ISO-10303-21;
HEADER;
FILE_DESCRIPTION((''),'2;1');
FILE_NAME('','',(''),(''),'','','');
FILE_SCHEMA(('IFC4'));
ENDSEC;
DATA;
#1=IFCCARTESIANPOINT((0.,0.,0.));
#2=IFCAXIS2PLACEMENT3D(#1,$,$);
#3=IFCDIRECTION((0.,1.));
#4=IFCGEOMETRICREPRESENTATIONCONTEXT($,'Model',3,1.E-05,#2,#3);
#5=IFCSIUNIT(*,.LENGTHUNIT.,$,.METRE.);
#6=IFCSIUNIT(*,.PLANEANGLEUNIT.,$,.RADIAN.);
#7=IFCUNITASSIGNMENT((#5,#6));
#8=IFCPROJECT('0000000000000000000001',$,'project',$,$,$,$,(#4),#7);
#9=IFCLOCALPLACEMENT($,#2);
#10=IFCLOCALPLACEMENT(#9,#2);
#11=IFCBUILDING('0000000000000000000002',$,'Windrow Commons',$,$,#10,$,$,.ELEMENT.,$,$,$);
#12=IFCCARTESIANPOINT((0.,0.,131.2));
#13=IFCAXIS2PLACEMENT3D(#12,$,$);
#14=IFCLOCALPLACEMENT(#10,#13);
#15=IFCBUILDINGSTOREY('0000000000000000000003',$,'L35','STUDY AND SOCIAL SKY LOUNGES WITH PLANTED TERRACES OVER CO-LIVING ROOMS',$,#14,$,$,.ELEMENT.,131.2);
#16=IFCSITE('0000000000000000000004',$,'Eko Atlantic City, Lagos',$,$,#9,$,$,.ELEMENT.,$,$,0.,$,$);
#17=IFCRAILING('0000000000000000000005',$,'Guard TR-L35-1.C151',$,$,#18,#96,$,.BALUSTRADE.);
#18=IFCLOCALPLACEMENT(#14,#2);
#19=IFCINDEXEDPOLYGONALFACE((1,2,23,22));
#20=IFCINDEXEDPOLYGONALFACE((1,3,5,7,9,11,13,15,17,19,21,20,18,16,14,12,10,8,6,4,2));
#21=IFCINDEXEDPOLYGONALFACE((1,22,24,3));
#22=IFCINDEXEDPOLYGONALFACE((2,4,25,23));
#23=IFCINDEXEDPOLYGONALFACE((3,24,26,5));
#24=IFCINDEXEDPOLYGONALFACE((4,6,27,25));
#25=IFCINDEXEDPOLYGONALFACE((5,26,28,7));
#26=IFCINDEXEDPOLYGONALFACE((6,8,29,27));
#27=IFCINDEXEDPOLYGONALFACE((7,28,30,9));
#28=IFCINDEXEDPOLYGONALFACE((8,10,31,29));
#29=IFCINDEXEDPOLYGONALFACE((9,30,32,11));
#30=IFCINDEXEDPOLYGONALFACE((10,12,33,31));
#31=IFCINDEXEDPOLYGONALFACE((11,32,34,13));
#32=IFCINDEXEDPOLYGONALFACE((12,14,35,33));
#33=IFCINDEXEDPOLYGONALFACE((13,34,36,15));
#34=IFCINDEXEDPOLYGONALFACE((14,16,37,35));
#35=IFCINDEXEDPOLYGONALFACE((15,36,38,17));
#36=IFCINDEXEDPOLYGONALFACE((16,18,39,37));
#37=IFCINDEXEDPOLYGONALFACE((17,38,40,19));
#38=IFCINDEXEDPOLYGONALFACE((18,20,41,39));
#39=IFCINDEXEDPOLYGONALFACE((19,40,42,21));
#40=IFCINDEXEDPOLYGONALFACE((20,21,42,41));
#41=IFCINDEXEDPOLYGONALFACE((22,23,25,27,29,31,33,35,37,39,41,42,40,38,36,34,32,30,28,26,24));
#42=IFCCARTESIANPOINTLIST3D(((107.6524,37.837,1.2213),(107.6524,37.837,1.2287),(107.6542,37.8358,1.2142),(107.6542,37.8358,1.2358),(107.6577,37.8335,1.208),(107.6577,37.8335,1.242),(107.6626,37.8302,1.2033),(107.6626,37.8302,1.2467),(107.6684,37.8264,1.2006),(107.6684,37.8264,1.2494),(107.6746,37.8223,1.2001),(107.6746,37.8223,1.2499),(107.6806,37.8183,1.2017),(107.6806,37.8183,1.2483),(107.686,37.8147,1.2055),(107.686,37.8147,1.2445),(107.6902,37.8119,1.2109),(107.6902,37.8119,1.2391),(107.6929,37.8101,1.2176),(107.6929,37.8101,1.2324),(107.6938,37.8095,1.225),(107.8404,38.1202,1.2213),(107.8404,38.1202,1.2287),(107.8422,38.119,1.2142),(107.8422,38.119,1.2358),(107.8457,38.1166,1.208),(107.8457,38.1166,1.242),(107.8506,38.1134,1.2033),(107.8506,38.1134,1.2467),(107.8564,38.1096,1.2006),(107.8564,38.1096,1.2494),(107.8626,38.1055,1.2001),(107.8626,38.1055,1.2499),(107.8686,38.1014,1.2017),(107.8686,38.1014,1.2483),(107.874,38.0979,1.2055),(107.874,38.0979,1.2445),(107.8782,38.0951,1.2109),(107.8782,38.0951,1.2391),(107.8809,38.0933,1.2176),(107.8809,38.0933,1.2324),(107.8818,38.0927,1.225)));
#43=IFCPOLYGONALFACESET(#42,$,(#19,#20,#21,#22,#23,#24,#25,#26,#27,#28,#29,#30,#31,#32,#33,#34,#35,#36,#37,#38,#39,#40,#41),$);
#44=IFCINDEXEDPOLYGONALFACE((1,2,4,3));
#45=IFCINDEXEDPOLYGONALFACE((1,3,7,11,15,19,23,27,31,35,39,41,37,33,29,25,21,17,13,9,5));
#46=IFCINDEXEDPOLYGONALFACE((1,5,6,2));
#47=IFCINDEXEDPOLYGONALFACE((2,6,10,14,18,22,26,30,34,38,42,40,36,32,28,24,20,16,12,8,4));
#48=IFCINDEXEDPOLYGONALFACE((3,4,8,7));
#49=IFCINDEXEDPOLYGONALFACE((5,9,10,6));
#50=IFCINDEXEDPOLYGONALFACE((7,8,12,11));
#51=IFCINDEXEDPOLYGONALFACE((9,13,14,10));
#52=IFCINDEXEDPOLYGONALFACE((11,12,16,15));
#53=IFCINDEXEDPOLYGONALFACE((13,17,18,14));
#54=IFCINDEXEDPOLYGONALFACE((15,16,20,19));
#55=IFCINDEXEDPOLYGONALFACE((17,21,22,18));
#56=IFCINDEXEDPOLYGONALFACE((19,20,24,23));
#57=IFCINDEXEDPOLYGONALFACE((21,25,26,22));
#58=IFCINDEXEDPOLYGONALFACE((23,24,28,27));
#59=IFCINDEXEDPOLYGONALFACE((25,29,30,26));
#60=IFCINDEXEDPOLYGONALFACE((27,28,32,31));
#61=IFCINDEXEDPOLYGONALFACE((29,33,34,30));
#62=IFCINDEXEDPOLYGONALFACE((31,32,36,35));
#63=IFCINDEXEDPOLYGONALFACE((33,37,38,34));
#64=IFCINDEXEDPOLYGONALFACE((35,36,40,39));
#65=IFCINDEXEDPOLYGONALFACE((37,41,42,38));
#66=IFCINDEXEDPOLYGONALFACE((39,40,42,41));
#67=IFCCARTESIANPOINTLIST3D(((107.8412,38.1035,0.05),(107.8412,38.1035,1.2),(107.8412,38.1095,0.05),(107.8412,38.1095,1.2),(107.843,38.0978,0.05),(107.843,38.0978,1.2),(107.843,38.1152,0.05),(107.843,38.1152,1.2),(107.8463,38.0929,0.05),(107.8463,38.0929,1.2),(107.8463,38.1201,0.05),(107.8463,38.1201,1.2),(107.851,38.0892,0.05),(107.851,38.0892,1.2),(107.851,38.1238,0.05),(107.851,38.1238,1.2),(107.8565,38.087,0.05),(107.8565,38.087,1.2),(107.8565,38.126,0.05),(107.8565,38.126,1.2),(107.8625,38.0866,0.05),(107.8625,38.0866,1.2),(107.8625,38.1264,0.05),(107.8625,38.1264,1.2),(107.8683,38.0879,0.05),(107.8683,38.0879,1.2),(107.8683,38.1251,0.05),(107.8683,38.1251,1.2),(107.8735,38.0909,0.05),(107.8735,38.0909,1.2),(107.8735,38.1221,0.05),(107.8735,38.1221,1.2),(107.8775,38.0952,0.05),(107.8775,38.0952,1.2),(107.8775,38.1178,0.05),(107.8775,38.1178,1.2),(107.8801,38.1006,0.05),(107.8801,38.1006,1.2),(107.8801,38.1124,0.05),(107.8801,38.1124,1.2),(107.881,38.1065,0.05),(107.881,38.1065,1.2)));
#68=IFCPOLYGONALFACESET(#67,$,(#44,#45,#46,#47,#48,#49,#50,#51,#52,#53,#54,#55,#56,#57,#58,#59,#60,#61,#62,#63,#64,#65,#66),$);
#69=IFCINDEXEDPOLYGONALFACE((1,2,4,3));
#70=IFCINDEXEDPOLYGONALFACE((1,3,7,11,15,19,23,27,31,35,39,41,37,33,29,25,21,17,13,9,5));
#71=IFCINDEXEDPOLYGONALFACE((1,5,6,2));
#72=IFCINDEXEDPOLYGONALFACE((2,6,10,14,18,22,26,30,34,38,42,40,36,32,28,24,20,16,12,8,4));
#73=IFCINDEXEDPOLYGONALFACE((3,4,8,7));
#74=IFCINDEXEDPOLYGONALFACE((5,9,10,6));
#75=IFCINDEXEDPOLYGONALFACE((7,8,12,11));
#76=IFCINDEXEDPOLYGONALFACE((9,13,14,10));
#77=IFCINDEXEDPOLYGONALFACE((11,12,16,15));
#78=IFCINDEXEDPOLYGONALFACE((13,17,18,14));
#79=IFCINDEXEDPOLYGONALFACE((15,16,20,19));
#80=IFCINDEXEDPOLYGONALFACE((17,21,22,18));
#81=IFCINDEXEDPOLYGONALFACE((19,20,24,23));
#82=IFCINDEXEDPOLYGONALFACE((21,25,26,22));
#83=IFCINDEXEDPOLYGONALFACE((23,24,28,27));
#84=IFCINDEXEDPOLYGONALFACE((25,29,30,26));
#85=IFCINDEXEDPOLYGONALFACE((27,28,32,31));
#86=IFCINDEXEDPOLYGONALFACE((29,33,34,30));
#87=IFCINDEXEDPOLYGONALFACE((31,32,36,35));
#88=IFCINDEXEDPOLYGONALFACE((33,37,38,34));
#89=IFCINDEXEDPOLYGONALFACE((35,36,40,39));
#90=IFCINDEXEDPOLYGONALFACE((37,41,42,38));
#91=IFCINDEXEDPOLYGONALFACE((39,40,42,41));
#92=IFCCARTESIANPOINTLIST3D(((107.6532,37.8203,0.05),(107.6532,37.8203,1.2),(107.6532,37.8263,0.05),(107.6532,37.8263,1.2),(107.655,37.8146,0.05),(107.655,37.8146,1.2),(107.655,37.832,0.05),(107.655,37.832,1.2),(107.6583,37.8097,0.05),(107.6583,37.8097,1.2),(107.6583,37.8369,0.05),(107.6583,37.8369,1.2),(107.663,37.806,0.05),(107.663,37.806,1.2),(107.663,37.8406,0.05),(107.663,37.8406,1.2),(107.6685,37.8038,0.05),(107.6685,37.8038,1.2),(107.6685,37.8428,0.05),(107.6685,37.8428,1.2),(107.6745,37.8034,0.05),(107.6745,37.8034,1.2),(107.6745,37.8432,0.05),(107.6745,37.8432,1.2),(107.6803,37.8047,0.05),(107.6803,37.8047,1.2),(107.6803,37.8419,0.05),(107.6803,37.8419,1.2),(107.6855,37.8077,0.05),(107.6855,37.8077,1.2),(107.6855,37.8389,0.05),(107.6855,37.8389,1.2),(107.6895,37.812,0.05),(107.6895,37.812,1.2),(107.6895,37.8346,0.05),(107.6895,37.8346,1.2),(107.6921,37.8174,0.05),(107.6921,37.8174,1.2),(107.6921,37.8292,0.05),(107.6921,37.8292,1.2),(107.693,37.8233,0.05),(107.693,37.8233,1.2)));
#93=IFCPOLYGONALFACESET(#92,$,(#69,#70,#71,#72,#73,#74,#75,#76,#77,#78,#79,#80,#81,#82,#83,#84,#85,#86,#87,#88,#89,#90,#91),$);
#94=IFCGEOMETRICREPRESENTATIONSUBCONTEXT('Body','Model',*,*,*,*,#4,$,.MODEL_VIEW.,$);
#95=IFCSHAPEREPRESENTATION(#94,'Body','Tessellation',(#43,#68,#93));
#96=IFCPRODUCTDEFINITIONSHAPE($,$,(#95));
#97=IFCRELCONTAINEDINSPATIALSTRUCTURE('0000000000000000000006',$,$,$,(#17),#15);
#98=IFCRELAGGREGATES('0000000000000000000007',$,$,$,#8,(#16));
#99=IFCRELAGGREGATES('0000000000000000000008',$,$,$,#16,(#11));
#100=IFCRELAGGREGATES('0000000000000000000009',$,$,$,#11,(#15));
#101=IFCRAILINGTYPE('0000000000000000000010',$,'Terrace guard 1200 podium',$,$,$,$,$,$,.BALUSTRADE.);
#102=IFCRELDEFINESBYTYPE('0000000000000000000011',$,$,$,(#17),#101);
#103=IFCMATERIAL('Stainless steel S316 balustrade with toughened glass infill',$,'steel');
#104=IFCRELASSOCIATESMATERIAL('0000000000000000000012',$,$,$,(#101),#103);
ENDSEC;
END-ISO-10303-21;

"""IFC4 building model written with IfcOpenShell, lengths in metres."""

from ifc_helpers import new_model, si_unit, direction, frame, origin, origin_2d, place, context, subcontext, project, spatial, circle, extrude, material, type_object, element, save


model = new_model("IFC4")

# Units and contexts
model_context = context("Model", 3, precision=1e-05, world=origin(), true_north=direction((0.0, 1.0)))
body_context = subcontext(model_context, "Body", "Model", "MODEL_VIEW")
ifc_project = project(units=[si_unit("LENGTHUNIT", "METRE"), si_unit("PLANEANGLEUNIT", "RADIAN")], contexts=[model_context])

# Site, building, storey
site_placement = place(None, origin())
site = spatial("IfcSite", under=ifc_project, at=site_placement, Name="Eko Atlantic City, Lagos", CompositionType="ELEMENT", RefElevation=0.0)
building_placement = place(site_placement, origin())
building = spatial("IfcBuilding", under=site, at=building_placement, Name="Windrow Commons", CompositionType="ELEMENT")
storey_placement = place(building_placement, frame((0.0, 0.0, 131.2)))
storey = spatial("IfcBuildingStorey", under=building, at=storey_placement, Name="L35", Description="STUDY AND SOCIAL SKY LOUNGES WITH PLANTED TERRACES OVER CO-LIVING ROOMS", CompositionType="ELEMENT", Elevation=131.2)

# Railing
ifc_material_1 = material(Name="Stainless steel S316 balustrade with toughened glass infill", Category="steel")
railing_type = type_object("IfcRailingType", Name="Terrace guard 1200 podium", PredefinedType="BALUSTRADE", material=ifc_material_1)
railing_1_placement = place(storey_placement, frame((107.861, 38.1065, 0.05)))
element("IfcRailing", 1, at=railing_1_placement, inside=storey, type_object=railing_type, Name="Guard TR-L35-1.C151", PredefinedType="BALUSTRADE", context=body_context, shape_type="SweptSolid", body=[
    extrude(circle(Radius=0.025, at=origin_2d()), frame((0.0, 0.0, 1.175), z_axis=(-0.55307, -0.833135, 0.0), x_axis=(0.833135, -0.55307, 0.0)), (0.0, 0.0, 1.0), 0.3399),
    extrude(circle(Radius=0.02, at=origin_2d()), origin(), (0.0, 0.0, 1.0), 1.15),
    extrude(circle(Radius=0.02, at=origin_2d()), frame((-0.188, -0.2832, 0.0)), (0.0, 0.0, 1.0), 1.15),
])

save(model, "model.ifc")
